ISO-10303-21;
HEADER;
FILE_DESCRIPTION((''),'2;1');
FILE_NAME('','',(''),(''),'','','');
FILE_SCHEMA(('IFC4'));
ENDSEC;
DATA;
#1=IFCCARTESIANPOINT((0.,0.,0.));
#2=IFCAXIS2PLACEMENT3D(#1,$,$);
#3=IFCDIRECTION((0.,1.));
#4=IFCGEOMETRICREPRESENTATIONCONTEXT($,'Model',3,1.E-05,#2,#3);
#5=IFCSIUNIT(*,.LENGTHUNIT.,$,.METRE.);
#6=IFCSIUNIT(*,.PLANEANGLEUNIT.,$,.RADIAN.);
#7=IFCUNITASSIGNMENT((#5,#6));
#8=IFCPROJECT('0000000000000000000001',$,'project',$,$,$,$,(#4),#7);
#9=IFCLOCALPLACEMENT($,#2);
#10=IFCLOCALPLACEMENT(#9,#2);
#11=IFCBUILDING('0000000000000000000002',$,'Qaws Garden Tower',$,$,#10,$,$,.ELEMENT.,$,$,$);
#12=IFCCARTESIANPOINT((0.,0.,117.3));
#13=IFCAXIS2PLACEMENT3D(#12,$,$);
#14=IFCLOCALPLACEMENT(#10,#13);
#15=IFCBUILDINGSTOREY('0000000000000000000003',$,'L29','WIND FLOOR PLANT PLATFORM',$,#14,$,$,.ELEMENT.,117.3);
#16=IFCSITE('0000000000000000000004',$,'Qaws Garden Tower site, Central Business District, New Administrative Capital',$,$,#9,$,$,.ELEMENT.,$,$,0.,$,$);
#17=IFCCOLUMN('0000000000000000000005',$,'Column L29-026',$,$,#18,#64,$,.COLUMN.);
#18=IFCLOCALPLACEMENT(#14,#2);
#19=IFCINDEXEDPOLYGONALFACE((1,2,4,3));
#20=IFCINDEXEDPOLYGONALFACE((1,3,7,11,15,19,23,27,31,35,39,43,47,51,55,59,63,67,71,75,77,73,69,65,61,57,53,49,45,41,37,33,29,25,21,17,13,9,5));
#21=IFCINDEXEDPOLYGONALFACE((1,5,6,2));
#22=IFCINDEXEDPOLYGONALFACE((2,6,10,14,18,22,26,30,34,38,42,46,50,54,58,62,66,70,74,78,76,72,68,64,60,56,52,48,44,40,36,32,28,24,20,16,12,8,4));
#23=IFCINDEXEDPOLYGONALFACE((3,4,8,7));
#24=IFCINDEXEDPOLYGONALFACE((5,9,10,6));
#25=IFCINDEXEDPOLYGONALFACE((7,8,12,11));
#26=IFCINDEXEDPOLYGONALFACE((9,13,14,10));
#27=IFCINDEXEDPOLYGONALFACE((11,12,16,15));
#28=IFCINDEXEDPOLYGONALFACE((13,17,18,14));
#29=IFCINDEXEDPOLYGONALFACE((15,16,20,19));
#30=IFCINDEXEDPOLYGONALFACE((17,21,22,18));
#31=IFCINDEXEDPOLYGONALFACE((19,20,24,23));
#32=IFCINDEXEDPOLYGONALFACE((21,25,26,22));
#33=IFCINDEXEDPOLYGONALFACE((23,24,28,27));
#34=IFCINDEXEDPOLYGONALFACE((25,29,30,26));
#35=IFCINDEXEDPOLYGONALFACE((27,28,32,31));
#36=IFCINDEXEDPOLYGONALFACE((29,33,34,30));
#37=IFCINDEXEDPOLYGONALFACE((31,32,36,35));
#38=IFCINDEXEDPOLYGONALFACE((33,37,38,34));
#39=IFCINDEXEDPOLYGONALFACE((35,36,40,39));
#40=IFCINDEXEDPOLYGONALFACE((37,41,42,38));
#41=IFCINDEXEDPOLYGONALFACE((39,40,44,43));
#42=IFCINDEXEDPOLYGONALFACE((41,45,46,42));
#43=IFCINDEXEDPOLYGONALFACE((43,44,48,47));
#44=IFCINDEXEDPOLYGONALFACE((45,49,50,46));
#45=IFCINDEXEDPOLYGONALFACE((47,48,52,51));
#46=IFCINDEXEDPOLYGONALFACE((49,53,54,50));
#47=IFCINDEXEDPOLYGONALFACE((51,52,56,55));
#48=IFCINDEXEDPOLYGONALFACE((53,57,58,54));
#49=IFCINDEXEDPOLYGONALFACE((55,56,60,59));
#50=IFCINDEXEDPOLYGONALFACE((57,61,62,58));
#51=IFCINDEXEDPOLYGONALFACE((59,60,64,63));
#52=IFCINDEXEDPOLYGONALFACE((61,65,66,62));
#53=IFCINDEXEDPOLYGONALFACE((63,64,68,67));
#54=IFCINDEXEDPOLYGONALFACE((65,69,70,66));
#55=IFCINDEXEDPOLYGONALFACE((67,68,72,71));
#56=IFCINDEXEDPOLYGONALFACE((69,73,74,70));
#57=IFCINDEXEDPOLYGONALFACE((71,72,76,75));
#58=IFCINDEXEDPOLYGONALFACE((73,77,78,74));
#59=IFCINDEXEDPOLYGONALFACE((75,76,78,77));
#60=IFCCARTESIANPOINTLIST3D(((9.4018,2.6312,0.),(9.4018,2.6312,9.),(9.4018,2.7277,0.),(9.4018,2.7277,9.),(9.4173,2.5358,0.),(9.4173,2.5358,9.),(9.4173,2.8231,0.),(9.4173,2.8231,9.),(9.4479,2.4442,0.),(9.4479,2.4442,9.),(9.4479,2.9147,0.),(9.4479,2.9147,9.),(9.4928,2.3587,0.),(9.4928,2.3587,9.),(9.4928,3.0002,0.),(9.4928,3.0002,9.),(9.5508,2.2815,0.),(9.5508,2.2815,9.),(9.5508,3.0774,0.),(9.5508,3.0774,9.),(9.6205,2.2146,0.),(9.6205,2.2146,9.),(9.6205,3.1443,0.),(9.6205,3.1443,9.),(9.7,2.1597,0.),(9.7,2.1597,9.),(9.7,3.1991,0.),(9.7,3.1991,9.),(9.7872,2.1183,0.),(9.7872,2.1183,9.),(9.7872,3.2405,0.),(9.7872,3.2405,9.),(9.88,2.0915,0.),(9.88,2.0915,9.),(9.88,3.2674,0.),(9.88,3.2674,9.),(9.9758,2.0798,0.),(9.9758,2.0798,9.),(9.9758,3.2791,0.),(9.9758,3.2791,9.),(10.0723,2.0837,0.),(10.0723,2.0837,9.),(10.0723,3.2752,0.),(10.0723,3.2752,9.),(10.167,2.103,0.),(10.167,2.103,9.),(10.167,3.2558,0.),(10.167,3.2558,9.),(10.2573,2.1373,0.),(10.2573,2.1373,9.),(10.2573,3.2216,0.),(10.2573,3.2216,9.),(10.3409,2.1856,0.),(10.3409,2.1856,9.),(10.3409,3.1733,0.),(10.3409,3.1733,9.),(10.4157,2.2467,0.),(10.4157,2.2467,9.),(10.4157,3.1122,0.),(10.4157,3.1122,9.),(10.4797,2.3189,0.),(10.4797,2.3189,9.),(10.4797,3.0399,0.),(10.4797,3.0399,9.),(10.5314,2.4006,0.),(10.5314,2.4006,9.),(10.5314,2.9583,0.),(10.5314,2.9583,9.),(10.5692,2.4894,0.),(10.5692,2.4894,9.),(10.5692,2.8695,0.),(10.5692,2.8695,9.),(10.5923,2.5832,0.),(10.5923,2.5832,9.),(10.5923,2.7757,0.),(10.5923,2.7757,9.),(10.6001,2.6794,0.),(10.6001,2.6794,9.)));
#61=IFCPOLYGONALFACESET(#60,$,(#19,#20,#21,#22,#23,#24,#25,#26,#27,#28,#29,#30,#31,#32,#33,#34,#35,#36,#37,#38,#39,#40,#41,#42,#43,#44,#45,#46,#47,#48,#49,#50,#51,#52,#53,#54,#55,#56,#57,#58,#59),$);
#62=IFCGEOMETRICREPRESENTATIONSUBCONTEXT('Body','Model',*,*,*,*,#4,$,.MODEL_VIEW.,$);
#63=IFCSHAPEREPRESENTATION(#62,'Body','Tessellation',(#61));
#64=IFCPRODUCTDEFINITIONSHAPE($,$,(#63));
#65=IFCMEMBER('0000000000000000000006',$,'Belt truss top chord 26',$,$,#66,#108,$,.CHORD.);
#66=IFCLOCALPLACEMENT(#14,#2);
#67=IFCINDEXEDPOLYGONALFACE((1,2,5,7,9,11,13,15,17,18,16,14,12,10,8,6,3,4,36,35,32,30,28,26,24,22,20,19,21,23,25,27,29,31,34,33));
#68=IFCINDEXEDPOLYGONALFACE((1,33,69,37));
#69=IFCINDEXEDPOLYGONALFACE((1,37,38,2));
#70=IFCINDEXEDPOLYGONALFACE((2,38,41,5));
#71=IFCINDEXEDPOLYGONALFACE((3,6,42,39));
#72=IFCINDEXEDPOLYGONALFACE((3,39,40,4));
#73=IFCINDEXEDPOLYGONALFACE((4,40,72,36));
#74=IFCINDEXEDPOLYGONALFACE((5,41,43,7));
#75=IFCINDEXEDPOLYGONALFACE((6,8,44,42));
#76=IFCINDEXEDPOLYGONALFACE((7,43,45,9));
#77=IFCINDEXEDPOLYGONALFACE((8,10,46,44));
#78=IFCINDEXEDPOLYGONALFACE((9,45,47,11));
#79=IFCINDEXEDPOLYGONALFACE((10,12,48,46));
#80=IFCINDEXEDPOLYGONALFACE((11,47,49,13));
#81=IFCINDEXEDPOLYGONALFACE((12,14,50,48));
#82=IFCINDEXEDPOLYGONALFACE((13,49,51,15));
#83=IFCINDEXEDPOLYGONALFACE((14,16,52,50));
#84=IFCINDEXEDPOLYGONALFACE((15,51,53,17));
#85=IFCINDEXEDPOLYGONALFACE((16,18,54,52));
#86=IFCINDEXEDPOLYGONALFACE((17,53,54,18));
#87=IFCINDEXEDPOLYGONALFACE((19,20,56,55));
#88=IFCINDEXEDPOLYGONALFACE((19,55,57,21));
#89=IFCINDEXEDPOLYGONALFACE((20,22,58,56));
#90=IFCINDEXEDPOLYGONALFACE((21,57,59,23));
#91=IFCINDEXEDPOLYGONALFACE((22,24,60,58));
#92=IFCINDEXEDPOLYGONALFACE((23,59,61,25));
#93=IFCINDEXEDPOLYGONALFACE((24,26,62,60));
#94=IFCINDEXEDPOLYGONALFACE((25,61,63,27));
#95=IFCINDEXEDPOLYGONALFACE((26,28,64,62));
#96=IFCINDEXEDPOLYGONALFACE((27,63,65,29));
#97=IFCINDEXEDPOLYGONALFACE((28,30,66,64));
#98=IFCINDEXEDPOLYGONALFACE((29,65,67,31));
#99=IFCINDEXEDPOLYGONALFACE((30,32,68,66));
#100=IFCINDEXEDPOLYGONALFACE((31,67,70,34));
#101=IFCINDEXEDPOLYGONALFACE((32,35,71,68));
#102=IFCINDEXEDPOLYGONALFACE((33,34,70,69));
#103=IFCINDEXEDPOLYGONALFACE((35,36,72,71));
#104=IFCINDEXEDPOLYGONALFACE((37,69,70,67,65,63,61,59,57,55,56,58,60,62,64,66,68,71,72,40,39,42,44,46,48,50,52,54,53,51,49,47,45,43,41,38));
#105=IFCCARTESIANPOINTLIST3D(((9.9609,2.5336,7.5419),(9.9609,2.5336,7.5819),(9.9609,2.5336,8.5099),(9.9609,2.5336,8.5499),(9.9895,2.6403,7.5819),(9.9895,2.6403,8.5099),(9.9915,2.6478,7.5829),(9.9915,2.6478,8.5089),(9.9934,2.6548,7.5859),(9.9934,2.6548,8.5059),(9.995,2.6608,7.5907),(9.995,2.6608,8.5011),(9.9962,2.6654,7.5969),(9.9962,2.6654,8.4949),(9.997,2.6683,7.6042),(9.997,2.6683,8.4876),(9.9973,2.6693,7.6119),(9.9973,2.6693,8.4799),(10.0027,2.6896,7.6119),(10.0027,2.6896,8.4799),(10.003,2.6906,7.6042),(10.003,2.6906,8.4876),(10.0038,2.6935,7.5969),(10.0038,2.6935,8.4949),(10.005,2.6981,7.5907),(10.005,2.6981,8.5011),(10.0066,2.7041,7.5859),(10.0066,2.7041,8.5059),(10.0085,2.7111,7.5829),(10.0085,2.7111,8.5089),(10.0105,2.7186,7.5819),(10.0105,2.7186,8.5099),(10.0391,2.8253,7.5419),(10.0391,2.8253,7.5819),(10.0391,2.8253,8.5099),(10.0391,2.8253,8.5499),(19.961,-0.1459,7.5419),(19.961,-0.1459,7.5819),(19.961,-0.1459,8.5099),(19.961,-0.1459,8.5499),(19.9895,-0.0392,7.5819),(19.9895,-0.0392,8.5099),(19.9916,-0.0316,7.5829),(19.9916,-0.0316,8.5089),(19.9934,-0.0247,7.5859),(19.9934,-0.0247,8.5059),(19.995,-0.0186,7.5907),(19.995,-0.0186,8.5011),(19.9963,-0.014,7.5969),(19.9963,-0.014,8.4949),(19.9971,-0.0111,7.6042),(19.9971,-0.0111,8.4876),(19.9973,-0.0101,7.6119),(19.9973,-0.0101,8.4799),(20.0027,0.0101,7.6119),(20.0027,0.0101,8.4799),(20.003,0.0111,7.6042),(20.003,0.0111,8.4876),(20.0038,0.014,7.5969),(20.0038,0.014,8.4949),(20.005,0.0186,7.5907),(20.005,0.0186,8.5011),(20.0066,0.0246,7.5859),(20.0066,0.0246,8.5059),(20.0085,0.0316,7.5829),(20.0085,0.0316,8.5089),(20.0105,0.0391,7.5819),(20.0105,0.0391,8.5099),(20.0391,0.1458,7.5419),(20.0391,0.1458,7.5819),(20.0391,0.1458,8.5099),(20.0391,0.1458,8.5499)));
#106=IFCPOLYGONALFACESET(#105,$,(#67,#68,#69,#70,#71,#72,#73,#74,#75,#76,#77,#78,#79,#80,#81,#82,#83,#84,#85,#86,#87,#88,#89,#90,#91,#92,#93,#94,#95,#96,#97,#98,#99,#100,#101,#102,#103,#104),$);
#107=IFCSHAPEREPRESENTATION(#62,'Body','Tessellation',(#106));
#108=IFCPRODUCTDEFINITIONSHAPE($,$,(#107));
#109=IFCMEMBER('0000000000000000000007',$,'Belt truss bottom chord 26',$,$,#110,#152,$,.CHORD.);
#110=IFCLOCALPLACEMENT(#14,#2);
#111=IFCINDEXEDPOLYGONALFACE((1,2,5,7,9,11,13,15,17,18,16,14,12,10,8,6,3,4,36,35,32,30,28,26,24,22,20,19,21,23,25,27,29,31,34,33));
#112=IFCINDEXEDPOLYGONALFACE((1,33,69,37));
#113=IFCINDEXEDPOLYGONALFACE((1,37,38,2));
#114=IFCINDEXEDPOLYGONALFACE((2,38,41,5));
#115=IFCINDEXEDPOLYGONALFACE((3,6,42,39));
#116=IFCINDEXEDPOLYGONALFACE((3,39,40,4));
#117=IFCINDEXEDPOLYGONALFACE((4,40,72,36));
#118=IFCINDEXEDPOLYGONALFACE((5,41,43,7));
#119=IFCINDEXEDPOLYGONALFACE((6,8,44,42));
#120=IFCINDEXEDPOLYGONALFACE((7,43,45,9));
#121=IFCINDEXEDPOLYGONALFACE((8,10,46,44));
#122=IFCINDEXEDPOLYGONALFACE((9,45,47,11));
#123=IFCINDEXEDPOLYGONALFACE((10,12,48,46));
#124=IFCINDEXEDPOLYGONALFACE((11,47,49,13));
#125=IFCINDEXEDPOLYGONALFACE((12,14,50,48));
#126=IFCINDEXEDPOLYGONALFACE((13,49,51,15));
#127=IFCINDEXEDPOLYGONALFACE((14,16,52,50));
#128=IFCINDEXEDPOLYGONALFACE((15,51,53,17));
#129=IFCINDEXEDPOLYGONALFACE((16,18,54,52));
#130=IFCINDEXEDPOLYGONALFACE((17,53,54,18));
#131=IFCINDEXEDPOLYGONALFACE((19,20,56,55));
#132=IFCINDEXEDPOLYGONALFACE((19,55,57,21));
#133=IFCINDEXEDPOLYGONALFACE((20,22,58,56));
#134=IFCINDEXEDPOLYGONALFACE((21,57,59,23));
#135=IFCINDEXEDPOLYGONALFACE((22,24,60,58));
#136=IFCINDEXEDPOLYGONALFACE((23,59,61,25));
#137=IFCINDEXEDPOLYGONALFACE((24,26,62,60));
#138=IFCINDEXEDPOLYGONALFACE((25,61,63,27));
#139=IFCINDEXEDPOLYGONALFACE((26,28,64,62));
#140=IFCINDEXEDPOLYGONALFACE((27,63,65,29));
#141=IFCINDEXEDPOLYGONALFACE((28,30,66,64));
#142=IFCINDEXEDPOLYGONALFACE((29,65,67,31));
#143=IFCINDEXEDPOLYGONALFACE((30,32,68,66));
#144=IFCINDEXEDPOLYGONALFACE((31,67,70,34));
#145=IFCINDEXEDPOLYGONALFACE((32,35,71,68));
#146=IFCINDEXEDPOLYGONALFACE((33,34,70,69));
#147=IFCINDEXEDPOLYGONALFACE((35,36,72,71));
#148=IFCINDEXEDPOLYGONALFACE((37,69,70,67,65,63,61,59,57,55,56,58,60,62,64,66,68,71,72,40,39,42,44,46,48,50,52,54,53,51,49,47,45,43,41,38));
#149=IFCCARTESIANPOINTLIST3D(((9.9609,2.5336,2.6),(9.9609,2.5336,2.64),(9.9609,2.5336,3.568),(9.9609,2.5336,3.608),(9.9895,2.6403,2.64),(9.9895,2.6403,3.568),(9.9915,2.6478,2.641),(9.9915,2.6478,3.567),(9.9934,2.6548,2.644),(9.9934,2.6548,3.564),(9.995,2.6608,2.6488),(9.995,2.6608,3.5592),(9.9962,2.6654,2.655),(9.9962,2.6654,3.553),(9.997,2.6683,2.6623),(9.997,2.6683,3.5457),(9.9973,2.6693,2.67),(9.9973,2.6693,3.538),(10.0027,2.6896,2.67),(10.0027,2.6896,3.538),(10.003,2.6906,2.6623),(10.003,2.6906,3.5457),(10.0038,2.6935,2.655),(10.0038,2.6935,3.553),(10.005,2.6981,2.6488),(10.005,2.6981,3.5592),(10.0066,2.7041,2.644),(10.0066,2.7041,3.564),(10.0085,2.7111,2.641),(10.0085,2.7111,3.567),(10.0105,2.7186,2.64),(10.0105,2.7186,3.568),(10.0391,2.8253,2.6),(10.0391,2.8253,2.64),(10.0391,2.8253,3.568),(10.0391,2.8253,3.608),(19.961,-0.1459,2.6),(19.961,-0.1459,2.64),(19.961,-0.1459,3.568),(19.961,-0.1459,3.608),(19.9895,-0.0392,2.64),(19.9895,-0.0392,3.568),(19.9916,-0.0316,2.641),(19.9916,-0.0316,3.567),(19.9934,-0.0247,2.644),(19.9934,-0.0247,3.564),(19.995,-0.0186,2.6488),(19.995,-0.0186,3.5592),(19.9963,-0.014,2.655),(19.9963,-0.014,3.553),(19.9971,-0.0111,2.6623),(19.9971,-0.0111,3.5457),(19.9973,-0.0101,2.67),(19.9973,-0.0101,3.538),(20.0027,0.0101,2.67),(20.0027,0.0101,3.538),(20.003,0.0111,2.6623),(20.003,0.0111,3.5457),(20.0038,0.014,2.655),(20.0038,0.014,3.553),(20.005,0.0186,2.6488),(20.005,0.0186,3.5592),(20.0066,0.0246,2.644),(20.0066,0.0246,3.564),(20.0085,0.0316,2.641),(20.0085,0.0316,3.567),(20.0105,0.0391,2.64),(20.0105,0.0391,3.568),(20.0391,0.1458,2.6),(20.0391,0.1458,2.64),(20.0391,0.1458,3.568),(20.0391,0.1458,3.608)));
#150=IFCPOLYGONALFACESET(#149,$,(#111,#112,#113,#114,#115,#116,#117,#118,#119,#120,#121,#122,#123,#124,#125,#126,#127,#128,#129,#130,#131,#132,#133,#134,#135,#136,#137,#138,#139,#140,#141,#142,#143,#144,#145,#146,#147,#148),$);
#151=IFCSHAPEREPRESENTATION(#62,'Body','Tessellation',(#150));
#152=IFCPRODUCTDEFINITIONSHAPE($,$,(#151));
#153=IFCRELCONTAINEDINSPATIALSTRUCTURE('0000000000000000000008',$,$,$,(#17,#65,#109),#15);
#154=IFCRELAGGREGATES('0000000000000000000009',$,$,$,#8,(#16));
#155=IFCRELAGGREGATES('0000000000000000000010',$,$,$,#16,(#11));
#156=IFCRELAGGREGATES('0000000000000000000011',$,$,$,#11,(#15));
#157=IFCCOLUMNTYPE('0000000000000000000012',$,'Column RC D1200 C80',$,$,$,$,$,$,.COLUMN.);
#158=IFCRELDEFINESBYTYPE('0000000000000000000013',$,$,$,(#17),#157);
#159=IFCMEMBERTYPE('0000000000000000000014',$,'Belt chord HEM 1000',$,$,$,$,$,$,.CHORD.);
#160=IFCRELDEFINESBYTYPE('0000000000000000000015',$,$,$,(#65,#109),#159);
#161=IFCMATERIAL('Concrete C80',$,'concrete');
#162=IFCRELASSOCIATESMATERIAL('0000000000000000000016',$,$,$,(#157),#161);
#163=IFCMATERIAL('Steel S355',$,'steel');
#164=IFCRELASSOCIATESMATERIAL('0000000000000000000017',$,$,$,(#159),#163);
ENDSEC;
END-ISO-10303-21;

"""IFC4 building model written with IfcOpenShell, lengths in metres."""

from ifc_helpers import new_model, si_unit, direction, frame, origin, origin_2d, place, context, subcontext, project, spatial, circle, i_section, extrude, material, material_profile, profile_set, type_object, element, save


model = new_model("IFC4")

# Units and contexts
model_context = context("Model", 3, precision=1e-05, world=origin(), true_north=direction((0.0, 1.0)))
body_context = subcontext(model_context, "Body", "Model", "MODEL_VIEW")
ifc_project = project(units=[si_unit("LENGTHUNIT", "METRE"), si_unit("PLANEANGLEUNIT", "RADIAN")], contexts=[model_context])

# Site, building, storey
site_placement = place(None, origin())
site = spatial("IfcSite", under=ifc_project, at=site_placement, Name="Qaws Garden Tower site, Central Business District, New Administrative Capital", CompositionType="ELEMENT", RefElevation=0.0)
building_placement = place(site_placement, origin())
building = spatial("IfcBuilding", under=site, at=building_placement, Name="Qaws Garden Tower", CompositionType="ELEMENT")
storey_placement = place(building_placement, frame((0.0, 0.0, 117.3)))
storey = spatial("IfcBuildingStorey", under=building, at=storey_placement, Name="L29", Description="WIND FLOOR PLANT PLATFORM", CompositionType="ELEMENT", Elevation=117.3)

# Column
ifc_material_1 = material(Name="Concrete C80", Category="concrete")
ifc_material_profile_1 = material_profile(ifc_material_1, circle(Radius=0.6001, at=origin_2d()), Name="RC D1200")
ifc_profile_set_1 = profile_set([ifc_material_profile_1], Name="Concrete C80")
column_type = type_object("IfcColumnType", Name="Column RC D1200 C80", PredefinedType="COLUMN", material=ifc_profile_set_1)
column_placement = place(storey_placement, frame((10.0, 2.6794, 0.0), z_axis=(0.0, 0.0, 1.0), x_axis=(1.0, 0.0, 0.0)))
element("IfcColumn", 1, at=column_placement, inside=storey, type_object=column_type, Name="Column L29-026", PredefinedType="COLUMN", context=body_context, shape_type="SweptSolid", body=[
    extrude(circle(Radius=0.6001, at=origin_2d()), origin(), (0.0, 0.0, 1.0), 9.0),
])

# Members
ifc_material_2 = material(Name="Steel S355", Category="steel")
ifc_material_profile_2 = material_profile(ifc_material_2, i_section(OverallWidth=0.302, OverallDepth=1.0081, WebThickness=0.021, FlangeThickness=0.04, FilletRadius=0.03, at=origin_2d()), Name="HEM 1000")
ifc_profile_set_2 = profile_set([ifc_material_profile_2], Name="Steel S355")
member_type_1 = type_object("IfcMemberType", Name="Belt chord HEM 1000", PredefinedType="CHORD", material=ifc_profile_set_2)
for number, where, z_axis, x_axis, name in (
    (2, (10.0, 2.6794, 8.0459), (0.965927, -0.258815, 0.0), (0.258815, 0.965927, 0.0), "Belt truss top chord 26"),
    (3, (10.0, 2.6794, 3.104), (0.965927, -0.258815, 0.0), (0.258815, 0.965927, 0.0), "Belt truss bottom chord 26"),
):
    element("IfcMember", number, at=place(storey_placement, frame(where, z_axis=z_axis, x_axis=x_axis)), inside=storey, type_object=member_type_1, Name=name, PredefinedType="CHORD", context=body_context, shape_type="SweptSolid", body=[
        extrude(i_section(OverallWidth=0.302, OverallDepth=1.0081, WebThickness=0.021, FlangeThickness=0.04, FilletRadius=0.03, at=origin_2d()), origin(), (0.0, 0.0, 1.0), 10.3528),
    ])

save(model, "model.ifc")
